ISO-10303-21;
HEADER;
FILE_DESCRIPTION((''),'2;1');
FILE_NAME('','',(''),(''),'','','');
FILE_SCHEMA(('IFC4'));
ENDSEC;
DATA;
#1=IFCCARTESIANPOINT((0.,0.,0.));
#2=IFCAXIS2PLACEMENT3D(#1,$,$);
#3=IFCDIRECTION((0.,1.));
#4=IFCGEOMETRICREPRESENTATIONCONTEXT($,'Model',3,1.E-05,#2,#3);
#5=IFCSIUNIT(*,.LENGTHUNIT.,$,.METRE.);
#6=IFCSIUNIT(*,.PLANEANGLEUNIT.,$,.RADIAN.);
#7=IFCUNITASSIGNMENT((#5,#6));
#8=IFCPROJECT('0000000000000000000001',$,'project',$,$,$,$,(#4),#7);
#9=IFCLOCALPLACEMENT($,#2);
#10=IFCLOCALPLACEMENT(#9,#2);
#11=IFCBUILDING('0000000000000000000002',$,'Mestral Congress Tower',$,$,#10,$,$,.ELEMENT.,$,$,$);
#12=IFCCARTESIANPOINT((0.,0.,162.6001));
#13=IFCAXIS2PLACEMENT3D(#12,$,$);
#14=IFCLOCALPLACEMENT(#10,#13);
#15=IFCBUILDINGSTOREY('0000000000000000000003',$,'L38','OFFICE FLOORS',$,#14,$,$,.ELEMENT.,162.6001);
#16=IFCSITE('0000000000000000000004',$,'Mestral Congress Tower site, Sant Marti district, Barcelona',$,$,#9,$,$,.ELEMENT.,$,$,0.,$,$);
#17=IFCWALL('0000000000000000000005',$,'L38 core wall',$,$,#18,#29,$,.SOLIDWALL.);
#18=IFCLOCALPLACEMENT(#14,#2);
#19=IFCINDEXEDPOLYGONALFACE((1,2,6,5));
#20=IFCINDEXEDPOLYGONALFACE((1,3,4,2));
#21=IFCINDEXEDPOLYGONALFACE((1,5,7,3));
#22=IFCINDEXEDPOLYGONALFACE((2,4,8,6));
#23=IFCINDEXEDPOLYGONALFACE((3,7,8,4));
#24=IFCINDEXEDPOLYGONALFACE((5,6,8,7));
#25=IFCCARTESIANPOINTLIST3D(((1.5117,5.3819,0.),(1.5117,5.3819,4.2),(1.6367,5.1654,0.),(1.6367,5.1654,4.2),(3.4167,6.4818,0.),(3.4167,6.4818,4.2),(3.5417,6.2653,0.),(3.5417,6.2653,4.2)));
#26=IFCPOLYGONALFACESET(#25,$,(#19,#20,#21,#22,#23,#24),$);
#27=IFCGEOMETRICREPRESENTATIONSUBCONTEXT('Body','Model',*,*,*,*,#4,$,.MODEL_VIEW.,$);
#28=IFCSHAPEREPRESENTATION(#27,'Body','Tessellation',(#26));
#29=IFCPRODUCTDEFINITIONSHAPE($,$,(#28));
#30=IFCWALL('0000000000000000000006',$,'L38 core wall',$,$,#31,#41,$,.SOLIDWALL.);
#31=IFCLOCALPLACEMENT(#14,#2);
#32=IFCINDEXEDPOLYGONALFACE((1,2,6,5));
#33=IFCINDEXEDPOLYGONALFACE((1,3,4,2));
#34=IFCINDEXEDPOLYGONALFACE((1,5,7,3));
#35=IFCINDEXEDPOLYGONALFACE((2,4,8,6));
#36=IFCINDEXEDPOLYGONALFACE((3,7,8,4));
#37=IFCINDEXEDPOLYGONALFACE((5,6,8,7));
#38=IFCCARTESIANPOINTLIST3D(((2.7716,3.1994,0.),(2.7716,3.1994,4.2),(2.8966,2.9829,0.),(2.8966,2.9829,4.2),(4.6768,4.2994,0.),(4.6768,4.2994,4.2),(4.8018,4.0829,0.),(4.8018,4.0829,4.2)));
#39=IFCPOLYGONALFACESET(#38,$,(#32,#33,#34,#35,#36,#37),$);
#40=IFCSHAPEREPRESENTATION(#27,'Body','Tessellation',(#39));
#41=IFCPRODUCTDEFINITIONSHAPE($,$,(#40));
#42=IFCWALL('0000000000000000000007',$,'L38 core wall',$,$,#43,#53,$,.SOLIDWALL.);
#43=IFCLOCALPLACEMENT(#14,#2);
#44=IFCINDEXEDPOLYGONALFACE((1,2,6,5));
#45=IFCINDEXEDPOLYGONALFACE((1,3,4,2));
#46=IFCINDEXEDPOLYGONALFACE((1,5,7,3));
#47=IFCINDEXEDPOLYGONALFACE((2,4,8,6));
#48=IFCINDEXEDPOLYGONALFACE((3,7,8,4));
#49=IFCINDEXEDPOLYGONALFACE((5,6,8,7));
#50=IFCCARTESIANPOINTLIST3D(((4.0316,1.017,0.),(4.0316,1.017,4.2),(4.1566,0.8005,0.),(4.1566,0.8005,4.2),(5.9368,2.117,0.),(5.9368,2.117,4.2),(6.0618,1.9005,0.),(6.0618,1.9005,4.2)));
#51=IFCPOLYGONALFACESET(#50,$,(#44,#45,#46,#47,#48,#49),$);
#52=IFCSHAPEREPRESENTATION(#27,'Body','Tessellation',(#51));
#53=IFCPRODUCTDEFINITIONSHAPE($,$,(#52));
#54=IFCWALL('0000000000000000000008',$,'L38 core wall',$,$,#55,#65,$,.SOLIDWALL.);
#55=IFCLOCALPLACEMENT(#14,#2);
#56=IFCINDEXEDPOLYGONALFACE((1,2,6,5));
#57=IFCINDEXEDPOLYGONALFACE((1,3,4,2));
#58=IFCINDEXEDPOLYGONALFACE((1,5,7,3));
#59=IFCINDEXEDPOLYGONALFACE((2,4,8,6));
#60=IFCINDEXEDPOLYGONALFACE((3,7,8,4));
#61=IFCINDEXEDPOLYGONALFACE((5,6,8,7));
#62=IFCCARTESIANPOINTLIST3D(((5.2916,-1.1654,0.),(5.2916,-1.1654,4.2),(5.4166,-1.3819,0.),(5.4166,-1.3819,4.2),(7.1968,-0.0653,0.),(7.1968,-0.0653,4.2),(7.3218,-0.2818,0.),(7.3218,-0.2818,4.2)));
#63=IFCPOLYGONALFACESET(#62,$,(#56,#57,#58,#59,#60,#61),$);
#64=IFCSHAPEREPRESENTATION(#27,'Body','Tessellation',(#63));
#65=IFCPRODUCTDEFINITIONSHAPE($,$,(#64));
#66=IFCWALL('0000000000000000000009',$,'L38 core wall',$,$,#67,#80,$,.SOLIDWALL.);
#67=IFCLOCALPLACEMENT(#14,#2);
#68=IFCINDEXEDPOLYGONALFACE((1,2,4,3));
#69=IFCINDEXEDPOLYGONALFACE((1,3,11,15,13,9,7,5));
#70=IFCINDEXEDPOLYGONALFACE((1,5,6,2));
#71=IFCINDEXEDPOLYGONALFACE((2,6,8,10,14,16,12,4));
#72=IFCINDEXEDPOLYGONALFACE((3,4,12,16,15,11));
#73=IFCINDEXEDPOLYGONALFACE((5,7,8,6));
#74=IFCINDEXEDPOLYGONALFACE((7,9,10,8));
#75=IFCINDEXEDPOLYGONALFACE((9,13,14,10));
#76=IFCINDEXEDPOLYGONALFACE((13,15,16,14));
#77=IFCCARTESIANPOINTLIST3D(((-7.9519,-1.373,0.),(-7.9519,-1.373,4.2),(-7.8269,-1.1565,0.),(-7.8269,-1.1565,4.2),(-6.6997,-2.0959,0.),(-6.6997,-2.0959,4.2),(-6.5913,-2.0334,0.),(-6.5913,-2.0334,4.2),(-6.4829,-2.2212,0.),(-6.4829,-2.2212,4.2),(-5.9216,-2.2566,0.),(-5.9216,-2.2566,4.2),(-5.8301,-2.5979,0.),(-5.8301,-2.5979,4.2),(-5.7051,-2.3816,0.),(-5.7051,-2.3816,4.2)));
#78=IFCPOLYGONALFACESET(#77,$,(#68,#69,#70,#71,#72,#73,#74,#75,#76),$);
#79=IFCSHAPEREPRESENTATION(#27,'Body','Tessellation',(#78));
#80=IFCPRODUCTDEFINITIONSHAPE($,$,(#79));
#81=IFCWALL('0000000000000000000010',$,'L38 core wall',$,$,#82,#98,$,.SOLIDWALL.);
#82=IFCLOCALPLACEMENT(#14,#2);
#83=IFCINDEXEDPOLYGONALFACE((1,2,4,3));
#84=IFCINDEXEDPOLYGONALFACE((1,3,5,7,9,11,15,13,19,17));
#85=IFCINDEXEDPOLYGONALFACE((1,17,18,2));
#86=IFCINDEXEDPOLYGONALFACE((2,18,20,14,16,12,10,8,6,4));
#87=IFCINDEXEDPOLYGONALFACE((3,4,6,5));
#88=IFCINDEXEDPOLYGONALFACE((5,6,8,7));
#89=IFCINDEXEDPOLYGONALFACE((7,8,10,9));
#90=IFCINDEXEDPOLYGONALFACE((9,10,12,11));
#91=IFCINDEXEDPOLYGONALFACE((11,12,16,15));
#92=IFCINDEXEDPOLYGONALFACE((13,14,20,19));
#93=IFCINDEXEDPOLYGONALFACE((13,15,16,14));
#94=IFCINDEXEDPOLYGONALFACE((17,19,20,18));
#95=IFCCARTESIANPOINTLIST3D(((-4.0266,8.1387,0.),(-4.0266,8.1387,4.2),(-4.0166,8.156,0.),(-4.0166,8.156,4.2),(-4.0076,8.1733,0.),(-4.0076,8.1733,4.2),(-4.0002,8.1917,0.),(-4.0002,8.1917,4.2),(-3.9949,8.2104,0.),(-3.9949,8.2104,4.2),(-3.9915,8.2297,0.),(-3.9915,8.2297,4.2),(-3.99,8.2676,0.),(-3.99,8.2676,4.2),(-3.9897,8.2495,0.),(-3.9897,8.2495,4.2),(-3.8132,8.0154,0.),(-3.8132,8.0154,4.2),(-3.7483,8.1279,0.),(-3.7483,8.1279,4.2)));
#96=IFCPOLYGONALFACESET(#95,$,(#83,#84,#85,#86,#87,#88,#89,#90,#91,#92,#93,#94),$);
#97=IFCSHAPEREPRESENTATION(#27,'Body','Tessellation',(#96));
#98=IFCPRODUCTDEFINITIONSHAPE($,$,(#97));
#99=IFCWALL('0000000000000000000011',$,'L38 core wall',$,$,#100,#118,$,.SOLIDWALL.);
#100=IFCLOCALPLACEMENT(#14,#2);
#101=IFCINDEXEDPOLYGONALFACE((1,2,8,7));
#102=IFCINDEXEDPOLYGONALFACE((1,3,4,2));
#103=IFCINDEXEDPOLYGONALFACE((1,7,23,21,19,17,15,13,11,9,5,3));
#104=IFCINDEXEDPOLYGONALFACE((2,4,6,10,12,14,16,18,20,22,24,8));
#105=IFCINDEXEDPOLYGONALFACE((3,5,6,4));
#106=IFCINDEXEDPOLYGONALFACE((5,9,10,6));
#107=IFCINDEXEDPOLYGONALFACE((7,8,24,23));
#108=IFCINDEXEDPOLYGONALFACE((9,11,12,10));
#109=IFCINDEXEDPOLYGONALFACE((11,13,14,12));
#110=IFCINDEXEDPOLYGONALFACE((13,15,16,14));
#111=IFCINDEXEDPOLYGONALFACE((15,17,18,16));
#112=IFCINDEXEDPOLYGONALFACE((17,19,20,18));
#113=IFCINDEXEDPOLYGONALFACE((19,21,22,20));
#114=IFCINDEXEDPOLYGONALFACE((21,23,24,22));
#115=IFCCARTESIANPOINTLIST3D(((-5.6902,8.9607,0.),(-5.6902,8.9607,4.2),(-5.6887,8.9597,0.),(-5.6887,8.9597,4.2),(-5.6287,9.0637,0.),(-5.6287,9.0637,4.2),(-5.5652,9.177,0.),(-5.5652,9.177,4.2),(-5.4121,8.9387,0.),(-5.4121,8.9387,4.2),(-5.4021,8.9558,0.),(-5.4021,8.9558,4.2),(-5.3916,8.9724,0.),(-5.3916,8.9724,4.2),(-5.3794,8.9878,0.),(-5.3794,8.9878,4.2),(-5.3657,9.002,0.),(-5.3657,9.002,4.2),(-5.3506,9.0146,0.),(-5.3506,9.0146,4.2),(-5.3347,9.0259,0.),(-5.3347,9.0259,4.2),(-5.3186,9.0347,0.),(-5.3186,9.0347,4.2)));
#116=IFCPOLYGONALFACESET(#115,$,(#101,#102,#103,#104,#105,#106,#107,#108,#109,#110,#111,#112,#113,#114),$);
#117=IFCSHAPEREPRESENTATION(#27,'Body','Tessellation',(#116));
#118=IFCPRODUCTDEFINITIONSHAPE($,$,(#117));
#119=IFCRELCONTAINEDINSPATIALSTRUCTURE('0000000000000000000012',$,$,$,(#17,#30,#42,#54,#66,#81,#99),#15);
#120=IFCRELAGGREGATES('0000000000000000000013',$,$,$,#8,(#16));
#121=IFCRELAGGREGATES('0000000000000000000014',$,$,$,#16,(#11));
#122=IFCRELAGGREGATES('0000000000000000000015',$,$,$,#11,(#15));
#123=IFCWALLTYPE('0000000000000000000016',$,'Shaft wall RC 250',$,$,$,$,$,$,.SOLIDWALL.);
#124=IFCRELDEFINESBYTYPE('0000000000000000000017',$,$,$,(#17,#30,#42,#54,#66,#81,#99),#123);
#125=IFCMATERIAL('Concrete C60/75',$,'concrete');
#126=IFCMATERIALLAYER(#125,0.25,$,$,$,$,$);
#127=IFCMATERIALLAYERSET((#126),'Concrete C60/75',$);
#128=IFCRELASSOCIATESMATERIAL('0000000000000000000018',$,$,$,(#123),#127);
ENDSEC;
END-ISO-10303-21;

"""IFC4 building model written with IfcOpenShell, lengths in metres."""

from ifc_helpers import new_model, si_unit, direction, frame, frame_2d, origin, place, context, subcontext, project, spatial, polyline, rectangle, outline, extrude, material, layer, layer_set, type_object, element, save


model = new_model("IFC4")

# Units and contexts
model_context = context("Model", 3, precision=1e-05, world=origin(), true_north=direction((0.0, 1.0)))
body_context = subcontext(model_context, "Body", "Model", "MODEL_VIEW")
ifc_project = project(units=[si_unit("LENGTHUNIT", "METRE"), si_unit("PLANEANGLEUNIT", "RADIAN")], contexts=[model_context])

# Site, building, storey
site_placement = place(None, origin())
site = spatial("IfcSite", under=ifc_project, at=site_placement, Name="Mestral Congress Tower site, Sant Marti district, Barcelona", CompositionType="ELEMENT", RefElevation=0.0)
building_placement = place(site_placement, origin())
building = spatial("IfcBuilding", under=site, at=building_placement, Name="Mestral Congress Tower", CompositionType="ELEMENT")
storey_placement = place(building_placement, frame((0.0, 0.0, 162.6001)))
storey = spatial("IfcBuildingStorey", under=building, at=storey_placement, Name="L38", Description="OFFICE FLOORS", CompositionType="ELEMENT", Elevation=162.6001)

# Shared definitions
ifc_material_1 = material(Name="Concrete C60/75", Category="concrete")
placement = place(storey_placement, origin())

# Walls
ifc_layer_1 = layer(ifc_material_1, 0.25)
ifc_layer_set_1 = layer_set([ifc_layer_1], Name="Concrete C60/75")
wall_type_1 = type_object("IfcWallType", Name="Shaft wall RC 250", PredefinedType="SOLIDWALL", material=ifc_layer_set_1)
wall_1_placement = place(storey_placement, frame((1.5742, 5.2737, 0.0), z_axis=(0.0, 0.0, 1.0), x_axis=(0.866028, 0.499995, 0.0)))
element("IfcWall", 1, at=wall_1_placement, inside=storey, type_object=wall_type_1, Name="L38 core wall", PredefinedType="SOLIDWALL", context=body_context, shape_type="SweptSolid", body=[
    extrude(rectangle(XDim=2.1997, YDim=0.25, at=frame_2d((1.0999, 0.0))), origin(), (0.0, 0.0, 1.0), 4.2),
])
for number, where, z_axis, x_axis, name in (
    (2, (2.834, 3.0911, 0.0), (0.0, 0.0, 1.0), (0.866008, 0.50003, 0.0), "L38 core wall"),
    (3, (4.094, 0.9087, 0.0), (0.0, 0.0, 1.0), (0.866008, 0.50003, 0.0), "L38 core wall"),
    (4, (5.354, -1.2737, 0.0), (0.0, 0.0, 1.0), (0.866008, 0.50003, 0.0), "L38 core wall"),
):
    element("IfcWall", number, at=place(storey_placement, frame(where, z_axis=z_axis, x_axis=x_axis)), inside=storey, type_object=wall_type_1, Name=name, PredefinedType="SOLIDWALL", context=body_context, shape_type="SweptSolid", body=[
        extrude(rectangle(XDim=2.2, YDim=0.25, at=frame_2d((1.1001, 0.0))), origin(), (0.0, 0.0, 1.0), 4.2),
    ])
element("IfcWall", 5, at=placement, inside=storey, type_object=wall_type_1, Name="L38 core wall", PredefinedType="SOLIDWALL", context=body_context, shape_type="SweptSolid", body=[
    extrude(outline(polyline([(-5.9216, -2.2566), (-5.9216, -2.2566), (-5.7051, -2.3816), (-5.8301, -2.5979), (-6.4829, -2.2212), (-6.5913, -2.0334), (-6.5913, -2.0334), (-6.6997, -2.0959), (-7.9519, -1.373), (-7.8269, -1.1565), (-5.9216, -2.2566)])), origin(), (0.0, 0.0, 1.0), 4.2),
])
element("IfcWall", 6, at=placement, inside=storey, type_object=wall_type_1, Name="L38 core wall", PredefinedType="SOLIDWALL", context=body_context, shape_type="SweptSolid", body=[
    extrude(outline(polyline([(-3.7483, 8.1279), (-3.8132, 8.0154), (-4.0266, 8.1387), (-4.0166, 8.156), (-4.0076, 8.1733), (-4.0002, 8.1917), (-3.9949, 8.2104), (-3.9915, 8.2297), (-3.9897, 8.2495), (-3.99, 8.2676), (-3.7483, 8.1279)])), origin(), (0.0, 0.0, 1.0), 4.2),
])
element("IfcWall", 7, at=placement, inside=storey, type_object=wall_type_1, Name="L38 core wall", PredefinedType="SOLIDWALL", context=body_context, shape_type="SweptSolid", body=[
    extrude(outline(polyline([(-5.6887, 8.9597), (-5.6902, 8.9607), (-5.5652, 9.177), (-5.3186, 9.0347), (-5.3347, 9.0259), (-5.3506, 9.0146), (-5.3657, 9.002), (-5.3794, 8.9878), (-5.3916, 8.9724), (-5.4021, 8.9558), (-5.4121, 8.9387), (-5.6287, 9.0637), (-5.6287, 9.0637), (-5.6887, 8.9597)])), origin(), (0.0, 0.0, 1.0), 4.2),
])

save(model, "model.ifc")
